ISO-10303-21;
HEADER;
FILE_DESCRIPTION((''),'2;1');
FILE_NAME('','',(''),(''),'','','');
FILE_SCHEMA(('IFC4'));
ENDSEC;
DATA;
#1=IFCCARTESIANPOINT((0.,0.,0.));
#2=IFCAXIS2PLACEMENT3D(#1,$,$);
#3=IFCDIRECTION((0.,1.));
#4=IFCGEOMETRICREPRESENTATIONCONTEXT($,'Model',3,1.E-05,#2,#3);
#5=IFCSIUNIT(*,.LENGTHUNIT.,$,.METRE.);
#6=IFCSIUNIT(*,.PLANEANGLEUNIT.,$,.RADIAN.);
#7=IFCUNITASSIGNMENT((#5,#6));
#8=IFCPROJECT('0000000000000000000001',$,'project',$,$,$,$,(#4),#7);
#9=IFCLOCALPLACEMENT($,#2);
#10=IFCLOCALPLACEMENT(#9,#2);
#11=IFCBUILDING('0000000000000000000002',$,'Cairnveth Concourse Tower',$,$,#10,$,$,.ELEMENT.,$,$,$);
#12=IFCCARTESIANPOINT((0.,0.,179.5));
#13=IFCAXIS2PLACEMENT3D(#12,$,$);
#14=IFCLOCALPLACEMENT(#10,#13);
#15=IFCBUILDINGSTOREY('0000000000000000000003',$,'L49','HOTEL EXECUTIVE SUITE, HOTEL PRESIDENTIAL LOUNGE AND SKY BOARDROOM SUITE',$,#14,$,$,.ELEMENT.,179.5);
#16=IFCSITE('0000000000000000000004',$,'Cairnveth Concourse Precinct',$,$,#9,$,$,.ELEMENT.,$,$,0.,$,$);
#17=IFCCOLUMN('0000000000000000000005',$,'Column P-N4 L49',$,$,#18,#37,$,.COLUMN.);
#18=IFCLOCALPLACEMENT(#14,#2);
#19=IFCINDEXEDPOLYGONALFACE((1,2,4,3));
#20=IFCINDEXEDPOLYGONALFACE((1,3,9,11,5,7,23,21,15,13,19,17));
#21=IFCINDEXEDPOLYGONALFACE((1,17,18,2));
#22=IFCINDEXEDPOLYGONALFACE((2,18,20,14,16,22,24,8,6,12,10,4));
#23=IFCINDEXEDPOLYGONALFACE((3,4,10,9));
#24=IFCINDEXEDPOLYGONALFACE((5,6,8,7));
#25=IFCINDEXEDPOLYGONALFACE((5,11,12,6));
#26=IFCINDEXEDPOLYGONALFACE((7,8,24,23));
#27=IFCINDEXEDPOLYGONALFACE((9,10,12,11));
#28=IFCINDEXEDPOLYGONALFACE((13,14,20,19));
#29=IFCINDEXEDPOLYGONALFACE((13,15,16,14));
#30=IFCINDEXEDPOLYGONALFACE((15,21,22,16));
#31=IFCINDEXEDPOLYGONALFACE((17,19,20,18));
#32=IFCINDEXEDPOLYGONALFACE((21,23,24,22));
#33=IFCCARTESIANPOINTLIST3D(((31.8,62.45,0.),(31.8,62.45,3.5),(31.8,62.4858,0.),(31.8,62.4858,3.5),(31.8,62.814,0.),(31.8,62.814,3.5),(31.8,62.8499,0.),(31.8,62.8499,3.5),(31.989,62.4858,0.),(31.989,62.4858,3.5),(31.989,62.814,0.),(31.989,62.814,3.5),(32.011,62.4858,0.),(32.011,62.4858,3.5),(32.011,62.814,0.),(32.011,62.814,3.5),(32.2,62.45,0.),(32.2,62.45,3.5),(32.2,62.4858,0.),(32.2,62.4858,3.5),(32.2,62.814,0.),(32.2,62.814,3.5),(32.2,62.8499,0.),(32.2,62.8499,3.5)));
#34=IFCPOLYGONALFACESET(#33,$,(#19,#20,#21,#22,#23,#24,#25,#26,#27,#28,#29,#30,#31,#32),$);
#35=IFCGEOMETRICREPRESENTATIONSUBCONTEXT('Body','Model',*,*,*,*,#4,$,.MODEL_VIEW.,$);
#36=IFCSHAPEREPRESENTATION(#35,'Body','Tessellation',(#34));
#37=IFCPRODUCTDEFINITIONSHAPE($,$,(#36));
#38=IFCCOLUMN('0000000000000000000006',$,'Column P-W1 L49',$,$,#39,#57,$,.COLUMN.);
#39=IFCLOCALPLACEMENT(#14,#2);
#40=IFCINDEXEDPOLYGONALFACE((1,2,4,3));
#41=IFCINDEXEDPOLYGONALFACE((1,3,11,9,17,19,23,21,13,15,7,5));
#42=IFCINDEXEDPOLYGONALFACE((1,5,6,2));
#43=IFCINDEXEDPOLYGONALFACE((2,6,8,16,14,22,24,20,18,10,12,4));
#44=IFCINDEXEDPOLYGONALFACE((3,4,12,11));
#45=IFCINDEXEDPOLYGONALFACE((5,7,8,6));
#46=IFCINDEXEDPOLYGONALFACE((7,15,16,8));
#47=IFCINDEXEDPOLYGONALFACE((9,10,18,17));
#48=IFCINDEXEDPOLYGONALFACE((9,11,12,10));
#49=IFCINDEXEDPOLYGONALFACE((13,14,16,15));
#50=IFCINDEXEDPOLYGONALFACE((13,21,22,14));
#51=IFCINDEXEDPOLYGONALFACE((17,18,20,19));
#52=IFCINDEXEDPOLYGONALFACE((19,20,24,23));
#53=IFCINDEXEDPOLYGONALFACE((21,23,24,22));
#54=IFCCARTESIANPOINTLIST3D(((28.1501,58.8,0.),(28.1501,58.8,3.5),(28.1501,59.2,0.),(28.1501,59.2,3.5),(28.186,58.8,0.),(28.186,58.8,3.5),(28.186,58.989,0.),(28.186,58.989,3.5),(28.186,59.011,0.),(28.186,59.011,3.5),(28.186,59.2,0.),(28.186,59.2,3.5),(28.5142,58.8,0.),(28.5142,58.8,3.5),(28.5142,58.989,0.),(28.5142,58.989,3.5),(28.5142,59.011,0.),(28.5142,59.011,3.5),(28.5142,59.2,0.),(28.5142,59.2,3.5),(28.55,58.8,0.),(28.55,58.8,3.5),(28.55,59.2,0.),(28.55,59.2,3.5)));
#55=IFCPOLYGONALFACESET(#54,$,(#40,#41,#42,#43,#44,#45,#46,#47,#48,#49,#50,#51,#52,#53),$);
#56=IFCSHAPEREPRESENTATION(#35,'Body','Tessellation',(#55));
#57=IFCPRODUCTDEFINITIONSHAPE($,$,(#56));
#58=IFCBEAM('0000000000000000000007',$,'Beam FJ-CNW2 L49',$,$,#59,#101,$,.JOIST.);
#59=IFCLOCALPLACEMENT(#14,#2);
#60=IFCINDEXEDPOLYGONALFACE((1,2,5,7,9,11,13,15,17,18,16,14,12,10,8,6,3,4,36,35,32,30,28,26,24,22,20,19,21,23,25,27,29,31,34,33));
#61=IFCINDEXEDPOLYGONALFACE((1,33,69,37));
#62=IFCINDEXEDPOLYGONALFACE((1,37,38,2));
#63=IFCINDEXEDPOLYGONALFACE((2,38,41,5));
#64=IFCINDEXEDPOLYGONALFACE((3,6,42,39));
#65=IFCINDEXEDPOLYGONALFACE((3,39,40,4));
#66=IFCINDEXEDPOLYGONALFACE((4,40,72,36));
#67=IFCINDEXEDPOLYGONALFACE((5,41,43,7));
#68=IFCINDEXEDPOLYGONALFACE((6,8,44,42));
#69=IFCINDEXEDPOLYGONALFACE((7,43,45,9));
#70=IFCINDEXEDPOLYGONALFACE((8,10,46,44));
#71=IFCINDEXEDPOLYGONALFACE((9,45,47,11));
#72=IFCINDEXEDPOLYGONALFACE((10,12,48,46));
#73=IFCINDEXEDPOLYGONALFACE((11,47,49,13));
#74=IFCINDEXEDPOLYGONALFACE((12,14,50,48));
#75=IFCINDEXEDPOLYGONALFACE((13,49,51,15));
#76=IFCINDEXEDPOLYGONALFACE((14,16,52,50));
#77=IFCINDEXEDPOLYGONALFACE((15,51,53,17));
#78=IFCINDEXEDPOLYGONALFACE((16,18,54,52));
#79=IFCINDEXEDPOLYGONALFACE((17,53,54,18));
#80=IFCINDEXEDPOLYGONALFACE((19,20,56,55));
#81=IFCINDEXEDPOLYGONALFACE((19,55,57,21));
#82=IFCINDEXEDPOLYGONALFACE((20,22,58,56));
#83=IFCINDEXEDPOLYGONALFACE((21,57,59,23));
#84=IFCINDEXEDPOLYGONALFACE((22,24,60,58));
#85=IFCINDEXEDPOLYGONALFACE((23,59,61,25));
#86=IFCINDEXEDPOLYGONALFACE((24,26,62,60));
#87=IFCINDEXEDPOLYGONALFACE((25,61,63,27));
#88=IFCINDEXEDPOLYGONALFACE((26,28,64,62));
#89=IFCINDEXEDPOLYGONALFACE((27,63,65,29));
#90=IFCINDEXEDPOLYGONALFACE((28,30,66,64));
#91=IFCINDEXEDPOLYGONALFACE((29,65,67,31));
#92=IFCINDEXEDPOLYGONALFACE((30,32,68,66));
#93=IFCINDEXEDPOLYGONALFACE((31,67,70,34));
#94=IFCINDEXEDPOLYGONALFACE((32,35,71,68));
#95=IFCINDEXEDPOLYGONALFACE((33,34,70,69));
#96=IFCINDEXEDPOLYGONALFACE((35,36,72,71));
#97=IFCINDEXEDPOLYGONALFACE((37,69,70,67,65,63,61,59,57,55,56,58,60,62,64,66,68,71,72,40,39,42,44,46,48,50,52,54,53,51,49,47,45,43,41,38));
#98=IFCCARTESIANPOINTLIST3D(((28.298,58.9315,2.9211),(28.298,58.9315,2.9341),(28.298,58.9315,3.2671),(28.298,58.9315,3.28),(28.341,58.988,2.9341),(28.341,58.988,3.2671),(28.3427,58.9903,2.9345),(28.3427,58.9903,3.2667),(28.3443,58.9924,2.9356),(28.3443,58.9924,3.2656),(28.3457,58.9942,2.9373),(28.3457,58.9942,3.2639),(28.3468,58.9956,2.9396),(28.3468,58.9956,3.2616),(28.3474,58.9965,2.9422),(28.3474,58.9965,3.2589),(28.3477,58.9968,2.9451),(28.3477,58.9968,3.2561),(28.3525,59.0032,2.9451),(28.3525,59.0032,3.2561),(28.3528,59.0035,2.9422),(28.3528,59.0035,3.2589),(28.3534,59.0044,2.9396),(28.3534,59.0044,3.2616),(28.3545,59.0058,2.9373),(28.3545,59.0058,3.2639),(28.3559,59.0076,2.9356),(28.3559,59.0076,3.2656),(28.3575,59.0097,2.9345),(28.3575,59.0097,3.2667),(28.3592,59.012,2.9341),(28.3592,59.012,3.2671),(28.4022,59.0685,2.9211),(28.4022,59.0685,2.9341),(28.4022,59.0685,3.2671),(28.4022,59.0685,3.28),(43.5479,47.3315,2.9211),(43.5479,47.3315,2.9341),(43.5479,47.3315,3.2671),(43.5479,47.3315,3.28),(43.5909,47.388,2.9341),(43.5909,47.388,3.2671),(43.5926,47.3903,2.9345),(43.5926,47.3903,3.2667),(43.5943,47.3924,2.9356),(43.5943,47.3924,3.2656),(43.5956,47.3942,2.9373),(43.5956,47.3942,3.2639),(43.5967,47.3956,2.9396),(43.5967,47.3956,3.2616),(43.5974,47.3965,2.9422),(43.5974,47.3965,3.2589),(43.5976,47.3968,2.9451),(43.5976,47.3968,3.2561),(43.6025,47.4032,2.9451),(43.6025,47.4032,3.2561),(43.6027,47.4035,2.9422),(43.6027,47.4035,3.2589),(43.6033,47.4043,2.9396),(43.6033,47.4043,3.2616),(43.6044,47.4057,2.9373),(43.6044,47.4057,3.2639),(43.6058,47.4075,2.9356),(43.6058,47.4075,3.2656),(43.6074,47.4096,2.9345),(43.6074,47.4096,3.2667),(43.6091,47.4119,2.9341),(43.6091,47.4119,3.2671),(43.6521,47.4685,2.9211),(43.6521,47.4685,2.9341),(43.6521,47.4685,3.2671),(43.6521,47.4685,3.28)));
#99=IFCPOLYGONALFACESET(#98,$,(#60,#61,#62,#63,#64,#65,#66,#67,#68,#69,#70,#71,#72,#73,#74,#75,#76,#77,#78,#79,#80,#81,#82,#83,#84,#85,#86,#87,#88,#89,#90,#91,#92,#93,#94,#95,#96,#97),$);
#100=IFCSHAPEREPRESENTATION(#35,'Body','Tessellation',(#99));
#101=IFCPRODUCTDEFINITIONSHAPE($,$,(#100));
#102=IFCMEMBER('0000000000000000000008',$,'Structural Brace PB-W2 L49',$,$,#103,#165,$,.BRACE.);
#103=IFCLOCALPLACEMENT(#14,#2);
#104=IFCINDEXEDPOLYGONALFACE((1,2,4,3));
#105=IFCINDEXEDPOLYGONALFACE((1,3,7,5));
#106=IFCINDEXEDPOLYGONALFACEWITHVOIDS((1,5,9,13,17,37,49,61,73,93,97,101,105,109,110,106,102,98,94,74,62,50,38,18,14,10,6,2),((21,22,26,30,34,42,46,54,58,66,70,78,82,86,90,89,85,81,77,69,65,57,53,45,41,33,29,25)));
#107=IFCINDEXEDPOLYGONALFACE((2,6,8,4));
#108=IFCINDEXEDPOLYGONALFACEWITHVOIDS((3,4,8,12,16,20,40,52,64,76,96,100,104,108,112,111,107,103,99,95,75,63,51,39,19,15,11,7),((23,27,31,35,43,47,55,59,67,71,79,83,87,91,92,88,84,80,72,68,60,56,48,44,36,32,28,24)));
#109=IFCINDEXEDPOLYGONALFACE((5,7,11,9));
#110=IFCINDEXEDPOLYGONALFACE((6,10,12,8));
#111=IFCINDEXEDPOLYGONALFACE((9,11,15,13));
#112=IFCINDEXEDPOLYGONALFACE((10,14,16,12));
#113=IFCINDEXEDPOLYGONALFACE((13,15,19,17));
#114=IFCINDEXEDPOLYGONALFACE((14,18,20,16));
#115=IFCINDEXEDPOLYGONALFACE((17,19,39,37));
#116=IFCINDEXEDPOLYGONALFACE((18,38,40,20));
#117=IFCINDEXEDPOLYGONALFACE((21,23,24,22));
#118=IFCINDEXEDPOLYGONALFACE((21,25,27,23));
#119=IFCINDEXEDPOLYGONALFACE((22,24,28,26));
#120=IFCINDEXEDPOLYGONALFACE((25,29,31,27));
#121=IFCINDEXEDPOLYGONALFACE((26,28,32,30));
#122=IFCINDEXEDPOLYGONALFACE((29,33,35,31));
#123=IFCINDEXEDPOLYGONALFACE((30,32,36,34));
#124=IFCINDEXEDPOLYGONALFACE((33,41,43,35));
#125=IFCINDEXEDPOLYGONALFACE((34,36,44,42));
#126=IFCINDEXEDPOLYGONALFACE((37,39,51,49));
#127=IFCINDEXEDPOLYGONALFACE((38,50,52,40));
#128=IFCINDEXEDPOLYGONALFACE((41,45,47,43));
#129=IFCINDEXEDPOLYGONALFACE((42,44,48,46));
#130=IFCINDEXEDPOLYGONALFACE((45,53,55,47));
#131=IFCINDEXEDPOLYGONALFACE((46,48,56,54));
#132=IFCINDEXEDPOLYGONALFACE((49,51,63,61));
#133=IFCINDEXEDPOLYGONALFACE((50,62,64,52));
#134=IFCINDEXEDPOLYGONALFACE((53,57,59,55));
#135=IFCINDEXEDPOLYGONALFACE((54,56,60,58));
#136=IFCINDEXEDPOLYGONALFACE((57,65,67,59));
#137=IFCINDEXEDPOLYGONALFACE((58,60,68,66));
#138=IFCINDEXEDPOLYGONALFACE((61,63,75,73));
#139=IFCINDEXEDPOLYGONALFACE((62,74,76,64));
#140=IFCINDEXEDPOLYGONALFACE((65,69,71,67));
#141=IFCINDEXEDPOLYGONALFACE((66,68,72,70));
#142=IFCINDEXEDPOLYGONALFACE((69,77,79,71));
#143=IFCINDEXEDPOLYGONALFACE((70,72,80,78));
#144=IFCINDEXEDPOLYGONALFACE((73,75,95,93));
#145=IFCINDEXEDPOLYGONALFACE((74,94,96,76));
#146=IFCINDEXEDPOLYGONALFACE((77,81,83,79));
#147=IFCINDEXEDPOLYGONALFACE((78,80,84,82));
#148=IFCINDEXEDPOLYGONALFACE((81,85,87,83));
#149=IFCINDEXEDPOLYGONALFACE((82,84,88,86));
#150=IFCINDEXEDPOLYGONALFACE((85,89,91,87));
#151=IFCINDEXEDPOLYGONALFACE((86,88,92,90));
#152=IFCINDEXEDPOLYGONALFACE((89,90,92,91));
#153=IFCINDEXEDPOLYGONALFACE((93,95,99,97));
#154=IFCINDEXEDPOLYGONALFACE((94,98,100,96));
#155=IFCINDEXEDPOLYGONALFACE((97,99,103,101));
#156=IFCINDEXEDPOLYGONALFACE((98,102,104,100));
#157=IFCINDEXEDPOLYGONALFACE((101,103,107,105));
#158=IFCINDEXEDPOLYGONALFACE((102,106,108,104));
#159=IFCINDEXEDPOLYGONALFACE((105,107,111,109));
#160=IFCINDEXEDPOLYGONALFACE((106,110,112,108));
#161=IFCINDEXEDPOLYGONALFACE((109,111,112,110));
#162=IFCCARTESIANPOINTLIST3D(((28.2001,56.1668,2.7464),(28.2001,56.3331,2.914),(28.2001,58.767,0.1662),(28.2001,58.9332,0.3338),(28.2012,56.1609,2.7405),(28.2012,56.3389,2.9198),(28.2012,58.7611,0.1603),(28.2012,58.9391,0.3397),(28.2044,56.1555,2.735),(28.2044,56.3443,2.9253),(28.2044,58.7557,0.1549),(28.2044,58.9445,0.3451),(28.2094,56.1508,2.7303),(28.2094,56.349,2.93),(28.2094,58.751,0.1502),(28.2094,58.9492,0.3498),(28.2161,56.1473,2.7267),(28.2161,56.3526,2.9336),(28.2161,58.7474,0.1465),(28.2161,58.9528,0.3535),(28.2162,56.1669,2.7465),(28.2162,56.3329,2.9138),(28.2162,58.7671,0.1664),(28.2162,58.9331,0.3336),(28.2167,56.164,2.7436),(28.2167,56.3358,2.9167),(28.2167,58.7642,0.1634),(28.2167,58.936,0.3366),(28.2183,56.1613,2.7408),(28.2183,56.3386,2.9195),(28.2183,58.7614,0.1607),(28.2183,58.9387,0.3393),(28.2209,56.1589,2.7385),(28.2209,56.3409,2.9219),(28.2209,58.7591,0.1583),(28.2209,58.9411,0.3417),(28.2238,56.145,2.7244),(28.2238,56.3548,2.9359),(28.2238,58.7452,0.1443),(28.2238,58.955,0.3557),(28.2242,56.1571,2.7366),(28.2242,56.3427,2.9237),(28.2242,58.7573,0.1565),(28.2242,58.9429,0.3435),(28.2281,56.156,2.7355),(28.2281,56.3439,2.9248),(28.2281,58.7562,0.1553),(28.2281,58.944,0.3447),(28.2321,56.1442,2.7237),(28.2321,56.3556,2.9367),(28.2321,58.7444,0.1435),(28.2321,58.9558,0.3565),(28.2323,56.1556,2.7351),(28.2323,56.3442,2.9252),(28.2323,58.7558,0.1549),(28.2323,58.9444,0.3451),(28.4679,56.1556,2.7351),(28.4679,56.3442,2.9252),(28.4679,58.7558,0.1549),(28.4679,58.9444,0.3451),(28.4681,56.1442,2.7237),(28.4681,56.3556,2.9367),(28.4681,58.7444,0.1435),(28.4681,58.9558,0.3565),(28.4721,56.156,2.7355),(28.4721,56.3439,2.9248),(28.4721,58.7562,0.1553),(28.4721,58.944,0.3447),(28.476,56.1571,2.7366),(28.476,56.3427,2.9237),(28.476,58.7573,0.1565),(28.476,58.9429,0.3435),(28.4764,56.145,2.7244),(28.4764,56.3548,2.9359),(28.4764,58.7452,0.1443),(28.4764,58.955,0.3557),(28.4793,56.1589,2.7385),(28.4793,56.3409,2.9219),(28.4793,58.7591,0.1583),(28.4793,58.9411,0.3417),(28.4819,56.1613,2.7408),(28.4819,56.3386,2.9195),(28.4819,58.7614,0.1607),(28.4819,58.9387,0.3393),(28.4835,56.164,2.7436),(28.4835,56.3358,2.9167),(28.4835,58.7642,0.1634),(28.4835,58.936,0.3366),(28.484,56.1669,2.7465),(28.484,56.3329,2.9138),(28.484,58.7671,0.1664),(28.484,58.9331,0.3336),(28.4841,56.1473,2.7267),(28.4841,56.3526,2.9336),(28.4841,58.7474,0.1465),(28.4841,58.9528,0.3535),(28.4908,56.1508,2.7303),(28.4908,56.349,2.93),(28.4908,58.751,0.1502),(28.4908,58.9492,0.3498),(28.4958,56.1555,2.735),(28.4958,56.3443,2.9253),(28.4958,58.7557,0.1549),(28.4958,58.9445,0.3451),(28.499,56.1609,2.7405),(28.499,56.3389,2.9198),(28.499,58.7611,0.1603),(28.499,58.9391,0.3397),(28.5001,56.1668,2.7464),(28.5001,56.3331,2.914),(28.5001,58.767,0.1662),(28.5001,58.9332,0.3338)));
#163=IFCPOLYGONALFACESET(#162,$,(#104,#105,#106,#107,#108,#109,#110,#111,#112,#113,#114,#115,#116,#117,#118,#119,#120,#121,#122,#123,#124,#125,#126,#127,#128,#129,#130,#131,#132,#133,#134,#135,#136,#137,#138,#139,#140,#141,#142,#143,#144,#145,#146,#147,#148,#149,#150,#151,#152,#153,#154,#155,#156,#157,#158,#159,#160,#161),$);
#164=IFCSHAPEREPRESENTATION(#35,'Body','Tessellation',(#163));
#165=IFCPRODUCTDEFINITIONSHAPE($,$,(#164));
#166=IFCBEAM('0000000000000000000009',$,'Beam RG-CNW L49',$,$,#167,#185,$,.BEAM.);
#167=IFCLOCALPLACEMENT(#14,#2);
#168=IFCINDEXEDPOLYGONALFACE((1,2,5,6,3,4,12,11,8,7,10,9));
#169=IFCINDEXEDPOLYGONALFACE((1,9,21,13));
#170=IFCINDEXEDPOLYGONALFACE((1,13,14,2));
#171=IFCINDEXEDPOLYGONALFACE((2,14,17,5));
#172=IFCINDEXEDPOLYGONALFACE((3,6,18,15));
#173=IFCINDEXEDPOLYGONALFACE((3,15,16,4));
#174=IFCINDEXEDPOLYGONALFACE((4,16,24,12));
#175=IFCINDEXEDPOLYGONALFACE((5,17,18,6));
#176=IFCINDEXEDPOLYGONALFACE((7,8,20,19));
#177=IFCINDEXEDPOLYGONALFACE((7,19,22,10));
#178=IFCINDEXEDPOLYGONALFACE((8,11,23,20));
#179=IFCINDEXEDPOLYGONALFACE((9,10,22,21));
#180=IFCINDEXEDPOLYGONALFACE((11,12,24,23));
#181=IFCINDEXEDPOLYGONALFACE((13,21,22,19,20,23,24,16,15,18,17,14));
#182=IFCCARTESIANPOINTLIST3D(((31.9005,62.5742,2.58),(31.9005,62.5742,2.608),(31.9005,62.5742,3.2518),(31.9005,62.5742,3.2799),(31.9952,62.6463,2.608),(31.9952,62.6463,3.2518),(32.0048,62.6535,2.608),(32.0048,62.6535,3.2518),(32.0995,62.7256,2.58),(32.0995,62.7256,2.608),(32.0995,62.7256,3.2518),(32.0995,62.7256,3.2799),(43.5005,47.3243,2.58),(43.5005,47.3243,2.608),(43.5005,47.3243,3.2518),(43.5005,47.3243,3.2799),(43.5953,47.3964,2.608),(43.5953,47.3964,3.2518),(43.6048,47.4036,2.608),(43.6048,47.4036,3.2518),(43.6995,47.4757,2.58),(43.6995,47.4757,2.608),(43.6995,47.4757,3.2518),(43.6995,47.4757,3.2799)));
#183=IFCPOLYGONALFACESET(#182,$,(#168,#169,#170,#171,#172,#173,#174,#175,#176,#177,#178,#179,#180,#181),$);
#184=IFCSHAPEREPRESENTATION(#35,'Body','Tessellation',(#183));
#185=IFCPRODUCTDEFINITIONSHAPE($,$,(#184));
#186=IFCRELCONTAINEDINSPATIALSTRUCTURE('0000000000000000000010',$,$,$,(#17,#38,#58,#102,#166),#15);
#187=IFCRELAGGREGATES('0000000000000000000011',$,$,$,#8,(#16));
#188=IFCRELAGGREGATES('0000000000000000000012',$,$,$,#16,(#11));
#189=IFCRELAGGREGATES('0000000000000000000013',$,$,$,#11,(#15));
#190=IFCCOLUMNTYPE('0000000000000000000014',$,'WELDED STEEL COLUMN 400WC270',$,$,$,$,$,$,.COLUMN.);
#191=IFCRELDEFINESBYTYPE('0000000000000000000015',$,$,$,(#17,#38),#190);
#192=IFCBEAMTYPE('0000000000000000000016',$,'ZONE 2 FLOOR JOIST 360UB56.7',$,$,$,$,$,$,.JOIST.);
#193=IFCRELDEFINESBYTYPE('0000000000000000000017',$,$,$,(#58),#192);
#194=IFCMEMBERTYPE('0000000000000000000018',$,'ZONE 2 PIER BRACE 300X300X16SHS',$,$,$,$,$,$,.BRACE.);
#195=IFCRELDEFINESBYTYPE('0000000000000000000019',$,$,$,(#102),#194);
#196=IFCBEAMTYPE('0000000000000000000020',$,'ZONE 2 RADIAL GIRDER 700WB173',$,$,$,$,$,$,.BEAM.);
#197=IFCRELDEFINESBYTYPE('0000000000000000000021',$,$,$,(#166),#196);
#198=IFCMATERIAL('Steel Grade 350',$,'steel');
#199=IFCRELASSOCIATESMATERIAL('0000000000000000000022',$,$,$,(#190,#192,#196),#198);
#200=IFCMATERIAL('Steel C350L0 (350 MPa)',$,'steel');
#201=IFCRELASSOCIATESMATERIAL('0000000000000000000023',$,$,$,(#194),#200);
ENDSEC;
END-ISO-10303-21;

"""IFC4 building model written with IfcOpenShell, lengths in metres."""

from ifc_helpers import new_model, si_unit, direction, frame, origin, origin_2d, place, context, subcontext, project, spatial, hollow_rectangle, i_section, extrude, material, material_profile, profile_set, type_object, element, save


model = new_model("IFC4")

# Units and contexts
model_context = context("Model", 3, precision=1e-05, world=origin(), true_north=direction((0.0, 1.0)))
body_context = subcontext(model_context, "Body", "Model", "MODEL_VIEW")
ifc_project = project(units=[si_unit("LENGTHUNIT", "METRE"), si_unit("PLANEANGLEUNIT", "RADIAN")], contexts=[model_context])

# Site, building, storey
site_placement = place(None, origin())
site = spatial("IfcSite", under=ifc_project, at=site_placement, Name="Cairnveth Concourse Precinct", CompositionType="ELEMENT", RefElevation=0.0)
building_placement = place(site_placement, origin())
building = spatial("IfcBuilding", under=site, at=building_placement, Name="Cairnveth Concourse Tower", CompositionType="ELEMENT")
storey_placement = place(building_placement, frame((0.0, 0.0, 179.5)))
storey = spatial("IfcBuildingStorey", under=building, at=storey_placement, Name="L49", Description="HOTEL EXECUTIVE SUITE, HOTEL PRESIDENTIAL LOUNGE AND SKY BOARDROOM SUITE", CompositionType="ELEMENT", Elevation=179.5)

# Columns
ifc_material_1 = material(Name="Steel Grade 350", Category="steel")
ifc_material_profile_1 = material_profile(ifc_material_1, i_section(OverallWidth=0.3999, OverallDepth=0.3999, WebThickness=0.022, FlangeThickness=0.0359, at=origin_2d()), Name="400WC270")
ifc_profile_set_1 = profile_set([ifc_material_profile_1], Name="Steel Grade 350")
column_type = type_object("IfcColumnType", Name="WELDED STEEL COLUMN 400WC270", PredefinedType="COLUMN", material=ifc_profile_set_1)
for number, where, z_axis, x_axis, name in (
    (1, (32.0, 62.6499, 0.0), (0.0, 0.0, 1.0), (1.0, 0.0, 0.0), "Column P-N4 L49"),
    (2, (28.3501, 59.0, 0.0), (0.0, 0.0, 1.0), (0.0, 1.0, 0.0), "Column P-W1 L49"),
):
    element("IfcColumn", number, at=place(storey_placement, frame(where, z_axis=z_axis, x_axis=x_axis)), inside=storey, type_object=column_type, Name=name, PredefinedType="COLUMN", context=body_context, shape_type="SweptSolid", body=[
        extrude(i_section(OverallWidth=0.3999, OverallDepth=0.3999, WebThickness=0.022, FlangeThickness=0.0359, at=origin_2d()), origin(), (0.0, 0.0, 1.0), 3.5),
    ])

# Beam
ifc_material_profile_2 = material_profile(ifc_material_1, i_section(OverallWidth=0.1721, OverallDepth=0.3589, WebThickness=0.0081, FlangeThickness=0.0129, FilletRadius=0.011, at=origin_2d()), Name="360UB56.7")
ifc_profile_set_2 = profile_set([ifc_material_profile_2], Name="Steel Grade 350")
beam_type_1 = type_object("IfcBeamType", Name="ZONE 2 FLOOR JOIST 360UB56.7", PredefinedType="JOIST", material=ifc_profile_set_2)
beam_1_placement = place(storey_placement, frame((28.3501, 59.0, 3.1006), z_axis=(0.795908, -0.605417, 0.0), x_axis=(0.605417, 0.795908, 0.0)))
element("IfcBeam", 3, at=beam_1_placement, inside=storey, type_object=beam_type_1, Name="Beam FJ-CNW2 L49", PredefinedType="JOIST", context=body_context, shape_type="SweptSolid", body=[
    extrude(i_section(OverallWidth=0.1721, OverallDepth=0.3589, WebThickness=0.0081, FlangeThickness=0.0129, FilletRadius=0.011, at=origin_2d()), origin(), (0.0, 0.0, 1.0), 19.1604),
])

# Member
ifc_material_2 = material(Name="Steel C350L0 (350 MPa)", Category="steel")
ifc_material_profile_3 = material_profile(ifc_material_2, hollow_rectangle(XDim=0.3, YDim=0.3, WallThickness=0.0161, InnerFilletRadius=0.0161, OuterFilletRadius=0.032, at=origin_2d()), Name="300x300x16.0SHS")
ifc_profile_set_3 = profile_set([ifc_material_profile_3], Name="Steel C350L0 (350 MPa)")
member_type = type_object("IfcMemberType", Name="ZONE 2 PIER BRACE 300X300X16SHS", PredefinedType="BRACE", material=ifc_profile_set_3)
member_placement = place(storey_placement, frame((28.3501, 58.8501, 0.25), z_axis=(0.0, -0.709834, 0.704369), x_axis=(1.0, 0.0, 0.0)))
element("IfcMember", 4, at=member_placement, inside=storey, type_object=member_type, Name="Structural Brace PB-W2 L49", PredefinedType="BRACE", context=body_context, shape_type="SweptSolid", body=[
    extrude(hollow_rectangle(XDim=0.3, YDim=0.3, WallThickness=0.0161, InnerFilletRadius=0.0161, OuterFilletRadius=0.032, at=origin_2d()), origin(), (0.0, 0.0, 1.0), 3.6631),
])

# Beam
ifc_material_profile_4 = material_profile(ifc_material_1, i_section(OverallWidth=0.25, OverallDepth=0.7, WebThickness=0.012, FlangeThickness=0.0281, at=origin_2d()), Name="700WB173")
ifc_profile_set_4 = profile_set([ifc_material_profile_4], Name="Steel Grade 350")
beam_type_2 = type_object("IfcBeamType", Name="ZONE 2 RADIAL GIRDER 700WB173", PredefinedType="BEAM", material=ifc_profile_set_4)
beam_2_placement = place(storey_placement, frame((32.0, 62.6499, 2.9299), z_axis=(0.605417, -0.795908, 0.0), x_axis=(0.795908, 0.605417, 0.0)))
element("IfcBeam", 5, at=beam_2_placement, inside=storey, type_object=beam_type_2, Name="Beam RG-CNW L49", PredefinedType="BEAM", context=body_context, shape_type="SweptSolid", body=[
    extrude(i_section(OverallWidth=0.25, OverallDepth=0.7, WebThickness=0.012, FlangeThickness=0.0281, at=origin_2d()), origin(), (0.0, 0.0, 1.0), 19.1604),
])

save(model, "model.ifc")
